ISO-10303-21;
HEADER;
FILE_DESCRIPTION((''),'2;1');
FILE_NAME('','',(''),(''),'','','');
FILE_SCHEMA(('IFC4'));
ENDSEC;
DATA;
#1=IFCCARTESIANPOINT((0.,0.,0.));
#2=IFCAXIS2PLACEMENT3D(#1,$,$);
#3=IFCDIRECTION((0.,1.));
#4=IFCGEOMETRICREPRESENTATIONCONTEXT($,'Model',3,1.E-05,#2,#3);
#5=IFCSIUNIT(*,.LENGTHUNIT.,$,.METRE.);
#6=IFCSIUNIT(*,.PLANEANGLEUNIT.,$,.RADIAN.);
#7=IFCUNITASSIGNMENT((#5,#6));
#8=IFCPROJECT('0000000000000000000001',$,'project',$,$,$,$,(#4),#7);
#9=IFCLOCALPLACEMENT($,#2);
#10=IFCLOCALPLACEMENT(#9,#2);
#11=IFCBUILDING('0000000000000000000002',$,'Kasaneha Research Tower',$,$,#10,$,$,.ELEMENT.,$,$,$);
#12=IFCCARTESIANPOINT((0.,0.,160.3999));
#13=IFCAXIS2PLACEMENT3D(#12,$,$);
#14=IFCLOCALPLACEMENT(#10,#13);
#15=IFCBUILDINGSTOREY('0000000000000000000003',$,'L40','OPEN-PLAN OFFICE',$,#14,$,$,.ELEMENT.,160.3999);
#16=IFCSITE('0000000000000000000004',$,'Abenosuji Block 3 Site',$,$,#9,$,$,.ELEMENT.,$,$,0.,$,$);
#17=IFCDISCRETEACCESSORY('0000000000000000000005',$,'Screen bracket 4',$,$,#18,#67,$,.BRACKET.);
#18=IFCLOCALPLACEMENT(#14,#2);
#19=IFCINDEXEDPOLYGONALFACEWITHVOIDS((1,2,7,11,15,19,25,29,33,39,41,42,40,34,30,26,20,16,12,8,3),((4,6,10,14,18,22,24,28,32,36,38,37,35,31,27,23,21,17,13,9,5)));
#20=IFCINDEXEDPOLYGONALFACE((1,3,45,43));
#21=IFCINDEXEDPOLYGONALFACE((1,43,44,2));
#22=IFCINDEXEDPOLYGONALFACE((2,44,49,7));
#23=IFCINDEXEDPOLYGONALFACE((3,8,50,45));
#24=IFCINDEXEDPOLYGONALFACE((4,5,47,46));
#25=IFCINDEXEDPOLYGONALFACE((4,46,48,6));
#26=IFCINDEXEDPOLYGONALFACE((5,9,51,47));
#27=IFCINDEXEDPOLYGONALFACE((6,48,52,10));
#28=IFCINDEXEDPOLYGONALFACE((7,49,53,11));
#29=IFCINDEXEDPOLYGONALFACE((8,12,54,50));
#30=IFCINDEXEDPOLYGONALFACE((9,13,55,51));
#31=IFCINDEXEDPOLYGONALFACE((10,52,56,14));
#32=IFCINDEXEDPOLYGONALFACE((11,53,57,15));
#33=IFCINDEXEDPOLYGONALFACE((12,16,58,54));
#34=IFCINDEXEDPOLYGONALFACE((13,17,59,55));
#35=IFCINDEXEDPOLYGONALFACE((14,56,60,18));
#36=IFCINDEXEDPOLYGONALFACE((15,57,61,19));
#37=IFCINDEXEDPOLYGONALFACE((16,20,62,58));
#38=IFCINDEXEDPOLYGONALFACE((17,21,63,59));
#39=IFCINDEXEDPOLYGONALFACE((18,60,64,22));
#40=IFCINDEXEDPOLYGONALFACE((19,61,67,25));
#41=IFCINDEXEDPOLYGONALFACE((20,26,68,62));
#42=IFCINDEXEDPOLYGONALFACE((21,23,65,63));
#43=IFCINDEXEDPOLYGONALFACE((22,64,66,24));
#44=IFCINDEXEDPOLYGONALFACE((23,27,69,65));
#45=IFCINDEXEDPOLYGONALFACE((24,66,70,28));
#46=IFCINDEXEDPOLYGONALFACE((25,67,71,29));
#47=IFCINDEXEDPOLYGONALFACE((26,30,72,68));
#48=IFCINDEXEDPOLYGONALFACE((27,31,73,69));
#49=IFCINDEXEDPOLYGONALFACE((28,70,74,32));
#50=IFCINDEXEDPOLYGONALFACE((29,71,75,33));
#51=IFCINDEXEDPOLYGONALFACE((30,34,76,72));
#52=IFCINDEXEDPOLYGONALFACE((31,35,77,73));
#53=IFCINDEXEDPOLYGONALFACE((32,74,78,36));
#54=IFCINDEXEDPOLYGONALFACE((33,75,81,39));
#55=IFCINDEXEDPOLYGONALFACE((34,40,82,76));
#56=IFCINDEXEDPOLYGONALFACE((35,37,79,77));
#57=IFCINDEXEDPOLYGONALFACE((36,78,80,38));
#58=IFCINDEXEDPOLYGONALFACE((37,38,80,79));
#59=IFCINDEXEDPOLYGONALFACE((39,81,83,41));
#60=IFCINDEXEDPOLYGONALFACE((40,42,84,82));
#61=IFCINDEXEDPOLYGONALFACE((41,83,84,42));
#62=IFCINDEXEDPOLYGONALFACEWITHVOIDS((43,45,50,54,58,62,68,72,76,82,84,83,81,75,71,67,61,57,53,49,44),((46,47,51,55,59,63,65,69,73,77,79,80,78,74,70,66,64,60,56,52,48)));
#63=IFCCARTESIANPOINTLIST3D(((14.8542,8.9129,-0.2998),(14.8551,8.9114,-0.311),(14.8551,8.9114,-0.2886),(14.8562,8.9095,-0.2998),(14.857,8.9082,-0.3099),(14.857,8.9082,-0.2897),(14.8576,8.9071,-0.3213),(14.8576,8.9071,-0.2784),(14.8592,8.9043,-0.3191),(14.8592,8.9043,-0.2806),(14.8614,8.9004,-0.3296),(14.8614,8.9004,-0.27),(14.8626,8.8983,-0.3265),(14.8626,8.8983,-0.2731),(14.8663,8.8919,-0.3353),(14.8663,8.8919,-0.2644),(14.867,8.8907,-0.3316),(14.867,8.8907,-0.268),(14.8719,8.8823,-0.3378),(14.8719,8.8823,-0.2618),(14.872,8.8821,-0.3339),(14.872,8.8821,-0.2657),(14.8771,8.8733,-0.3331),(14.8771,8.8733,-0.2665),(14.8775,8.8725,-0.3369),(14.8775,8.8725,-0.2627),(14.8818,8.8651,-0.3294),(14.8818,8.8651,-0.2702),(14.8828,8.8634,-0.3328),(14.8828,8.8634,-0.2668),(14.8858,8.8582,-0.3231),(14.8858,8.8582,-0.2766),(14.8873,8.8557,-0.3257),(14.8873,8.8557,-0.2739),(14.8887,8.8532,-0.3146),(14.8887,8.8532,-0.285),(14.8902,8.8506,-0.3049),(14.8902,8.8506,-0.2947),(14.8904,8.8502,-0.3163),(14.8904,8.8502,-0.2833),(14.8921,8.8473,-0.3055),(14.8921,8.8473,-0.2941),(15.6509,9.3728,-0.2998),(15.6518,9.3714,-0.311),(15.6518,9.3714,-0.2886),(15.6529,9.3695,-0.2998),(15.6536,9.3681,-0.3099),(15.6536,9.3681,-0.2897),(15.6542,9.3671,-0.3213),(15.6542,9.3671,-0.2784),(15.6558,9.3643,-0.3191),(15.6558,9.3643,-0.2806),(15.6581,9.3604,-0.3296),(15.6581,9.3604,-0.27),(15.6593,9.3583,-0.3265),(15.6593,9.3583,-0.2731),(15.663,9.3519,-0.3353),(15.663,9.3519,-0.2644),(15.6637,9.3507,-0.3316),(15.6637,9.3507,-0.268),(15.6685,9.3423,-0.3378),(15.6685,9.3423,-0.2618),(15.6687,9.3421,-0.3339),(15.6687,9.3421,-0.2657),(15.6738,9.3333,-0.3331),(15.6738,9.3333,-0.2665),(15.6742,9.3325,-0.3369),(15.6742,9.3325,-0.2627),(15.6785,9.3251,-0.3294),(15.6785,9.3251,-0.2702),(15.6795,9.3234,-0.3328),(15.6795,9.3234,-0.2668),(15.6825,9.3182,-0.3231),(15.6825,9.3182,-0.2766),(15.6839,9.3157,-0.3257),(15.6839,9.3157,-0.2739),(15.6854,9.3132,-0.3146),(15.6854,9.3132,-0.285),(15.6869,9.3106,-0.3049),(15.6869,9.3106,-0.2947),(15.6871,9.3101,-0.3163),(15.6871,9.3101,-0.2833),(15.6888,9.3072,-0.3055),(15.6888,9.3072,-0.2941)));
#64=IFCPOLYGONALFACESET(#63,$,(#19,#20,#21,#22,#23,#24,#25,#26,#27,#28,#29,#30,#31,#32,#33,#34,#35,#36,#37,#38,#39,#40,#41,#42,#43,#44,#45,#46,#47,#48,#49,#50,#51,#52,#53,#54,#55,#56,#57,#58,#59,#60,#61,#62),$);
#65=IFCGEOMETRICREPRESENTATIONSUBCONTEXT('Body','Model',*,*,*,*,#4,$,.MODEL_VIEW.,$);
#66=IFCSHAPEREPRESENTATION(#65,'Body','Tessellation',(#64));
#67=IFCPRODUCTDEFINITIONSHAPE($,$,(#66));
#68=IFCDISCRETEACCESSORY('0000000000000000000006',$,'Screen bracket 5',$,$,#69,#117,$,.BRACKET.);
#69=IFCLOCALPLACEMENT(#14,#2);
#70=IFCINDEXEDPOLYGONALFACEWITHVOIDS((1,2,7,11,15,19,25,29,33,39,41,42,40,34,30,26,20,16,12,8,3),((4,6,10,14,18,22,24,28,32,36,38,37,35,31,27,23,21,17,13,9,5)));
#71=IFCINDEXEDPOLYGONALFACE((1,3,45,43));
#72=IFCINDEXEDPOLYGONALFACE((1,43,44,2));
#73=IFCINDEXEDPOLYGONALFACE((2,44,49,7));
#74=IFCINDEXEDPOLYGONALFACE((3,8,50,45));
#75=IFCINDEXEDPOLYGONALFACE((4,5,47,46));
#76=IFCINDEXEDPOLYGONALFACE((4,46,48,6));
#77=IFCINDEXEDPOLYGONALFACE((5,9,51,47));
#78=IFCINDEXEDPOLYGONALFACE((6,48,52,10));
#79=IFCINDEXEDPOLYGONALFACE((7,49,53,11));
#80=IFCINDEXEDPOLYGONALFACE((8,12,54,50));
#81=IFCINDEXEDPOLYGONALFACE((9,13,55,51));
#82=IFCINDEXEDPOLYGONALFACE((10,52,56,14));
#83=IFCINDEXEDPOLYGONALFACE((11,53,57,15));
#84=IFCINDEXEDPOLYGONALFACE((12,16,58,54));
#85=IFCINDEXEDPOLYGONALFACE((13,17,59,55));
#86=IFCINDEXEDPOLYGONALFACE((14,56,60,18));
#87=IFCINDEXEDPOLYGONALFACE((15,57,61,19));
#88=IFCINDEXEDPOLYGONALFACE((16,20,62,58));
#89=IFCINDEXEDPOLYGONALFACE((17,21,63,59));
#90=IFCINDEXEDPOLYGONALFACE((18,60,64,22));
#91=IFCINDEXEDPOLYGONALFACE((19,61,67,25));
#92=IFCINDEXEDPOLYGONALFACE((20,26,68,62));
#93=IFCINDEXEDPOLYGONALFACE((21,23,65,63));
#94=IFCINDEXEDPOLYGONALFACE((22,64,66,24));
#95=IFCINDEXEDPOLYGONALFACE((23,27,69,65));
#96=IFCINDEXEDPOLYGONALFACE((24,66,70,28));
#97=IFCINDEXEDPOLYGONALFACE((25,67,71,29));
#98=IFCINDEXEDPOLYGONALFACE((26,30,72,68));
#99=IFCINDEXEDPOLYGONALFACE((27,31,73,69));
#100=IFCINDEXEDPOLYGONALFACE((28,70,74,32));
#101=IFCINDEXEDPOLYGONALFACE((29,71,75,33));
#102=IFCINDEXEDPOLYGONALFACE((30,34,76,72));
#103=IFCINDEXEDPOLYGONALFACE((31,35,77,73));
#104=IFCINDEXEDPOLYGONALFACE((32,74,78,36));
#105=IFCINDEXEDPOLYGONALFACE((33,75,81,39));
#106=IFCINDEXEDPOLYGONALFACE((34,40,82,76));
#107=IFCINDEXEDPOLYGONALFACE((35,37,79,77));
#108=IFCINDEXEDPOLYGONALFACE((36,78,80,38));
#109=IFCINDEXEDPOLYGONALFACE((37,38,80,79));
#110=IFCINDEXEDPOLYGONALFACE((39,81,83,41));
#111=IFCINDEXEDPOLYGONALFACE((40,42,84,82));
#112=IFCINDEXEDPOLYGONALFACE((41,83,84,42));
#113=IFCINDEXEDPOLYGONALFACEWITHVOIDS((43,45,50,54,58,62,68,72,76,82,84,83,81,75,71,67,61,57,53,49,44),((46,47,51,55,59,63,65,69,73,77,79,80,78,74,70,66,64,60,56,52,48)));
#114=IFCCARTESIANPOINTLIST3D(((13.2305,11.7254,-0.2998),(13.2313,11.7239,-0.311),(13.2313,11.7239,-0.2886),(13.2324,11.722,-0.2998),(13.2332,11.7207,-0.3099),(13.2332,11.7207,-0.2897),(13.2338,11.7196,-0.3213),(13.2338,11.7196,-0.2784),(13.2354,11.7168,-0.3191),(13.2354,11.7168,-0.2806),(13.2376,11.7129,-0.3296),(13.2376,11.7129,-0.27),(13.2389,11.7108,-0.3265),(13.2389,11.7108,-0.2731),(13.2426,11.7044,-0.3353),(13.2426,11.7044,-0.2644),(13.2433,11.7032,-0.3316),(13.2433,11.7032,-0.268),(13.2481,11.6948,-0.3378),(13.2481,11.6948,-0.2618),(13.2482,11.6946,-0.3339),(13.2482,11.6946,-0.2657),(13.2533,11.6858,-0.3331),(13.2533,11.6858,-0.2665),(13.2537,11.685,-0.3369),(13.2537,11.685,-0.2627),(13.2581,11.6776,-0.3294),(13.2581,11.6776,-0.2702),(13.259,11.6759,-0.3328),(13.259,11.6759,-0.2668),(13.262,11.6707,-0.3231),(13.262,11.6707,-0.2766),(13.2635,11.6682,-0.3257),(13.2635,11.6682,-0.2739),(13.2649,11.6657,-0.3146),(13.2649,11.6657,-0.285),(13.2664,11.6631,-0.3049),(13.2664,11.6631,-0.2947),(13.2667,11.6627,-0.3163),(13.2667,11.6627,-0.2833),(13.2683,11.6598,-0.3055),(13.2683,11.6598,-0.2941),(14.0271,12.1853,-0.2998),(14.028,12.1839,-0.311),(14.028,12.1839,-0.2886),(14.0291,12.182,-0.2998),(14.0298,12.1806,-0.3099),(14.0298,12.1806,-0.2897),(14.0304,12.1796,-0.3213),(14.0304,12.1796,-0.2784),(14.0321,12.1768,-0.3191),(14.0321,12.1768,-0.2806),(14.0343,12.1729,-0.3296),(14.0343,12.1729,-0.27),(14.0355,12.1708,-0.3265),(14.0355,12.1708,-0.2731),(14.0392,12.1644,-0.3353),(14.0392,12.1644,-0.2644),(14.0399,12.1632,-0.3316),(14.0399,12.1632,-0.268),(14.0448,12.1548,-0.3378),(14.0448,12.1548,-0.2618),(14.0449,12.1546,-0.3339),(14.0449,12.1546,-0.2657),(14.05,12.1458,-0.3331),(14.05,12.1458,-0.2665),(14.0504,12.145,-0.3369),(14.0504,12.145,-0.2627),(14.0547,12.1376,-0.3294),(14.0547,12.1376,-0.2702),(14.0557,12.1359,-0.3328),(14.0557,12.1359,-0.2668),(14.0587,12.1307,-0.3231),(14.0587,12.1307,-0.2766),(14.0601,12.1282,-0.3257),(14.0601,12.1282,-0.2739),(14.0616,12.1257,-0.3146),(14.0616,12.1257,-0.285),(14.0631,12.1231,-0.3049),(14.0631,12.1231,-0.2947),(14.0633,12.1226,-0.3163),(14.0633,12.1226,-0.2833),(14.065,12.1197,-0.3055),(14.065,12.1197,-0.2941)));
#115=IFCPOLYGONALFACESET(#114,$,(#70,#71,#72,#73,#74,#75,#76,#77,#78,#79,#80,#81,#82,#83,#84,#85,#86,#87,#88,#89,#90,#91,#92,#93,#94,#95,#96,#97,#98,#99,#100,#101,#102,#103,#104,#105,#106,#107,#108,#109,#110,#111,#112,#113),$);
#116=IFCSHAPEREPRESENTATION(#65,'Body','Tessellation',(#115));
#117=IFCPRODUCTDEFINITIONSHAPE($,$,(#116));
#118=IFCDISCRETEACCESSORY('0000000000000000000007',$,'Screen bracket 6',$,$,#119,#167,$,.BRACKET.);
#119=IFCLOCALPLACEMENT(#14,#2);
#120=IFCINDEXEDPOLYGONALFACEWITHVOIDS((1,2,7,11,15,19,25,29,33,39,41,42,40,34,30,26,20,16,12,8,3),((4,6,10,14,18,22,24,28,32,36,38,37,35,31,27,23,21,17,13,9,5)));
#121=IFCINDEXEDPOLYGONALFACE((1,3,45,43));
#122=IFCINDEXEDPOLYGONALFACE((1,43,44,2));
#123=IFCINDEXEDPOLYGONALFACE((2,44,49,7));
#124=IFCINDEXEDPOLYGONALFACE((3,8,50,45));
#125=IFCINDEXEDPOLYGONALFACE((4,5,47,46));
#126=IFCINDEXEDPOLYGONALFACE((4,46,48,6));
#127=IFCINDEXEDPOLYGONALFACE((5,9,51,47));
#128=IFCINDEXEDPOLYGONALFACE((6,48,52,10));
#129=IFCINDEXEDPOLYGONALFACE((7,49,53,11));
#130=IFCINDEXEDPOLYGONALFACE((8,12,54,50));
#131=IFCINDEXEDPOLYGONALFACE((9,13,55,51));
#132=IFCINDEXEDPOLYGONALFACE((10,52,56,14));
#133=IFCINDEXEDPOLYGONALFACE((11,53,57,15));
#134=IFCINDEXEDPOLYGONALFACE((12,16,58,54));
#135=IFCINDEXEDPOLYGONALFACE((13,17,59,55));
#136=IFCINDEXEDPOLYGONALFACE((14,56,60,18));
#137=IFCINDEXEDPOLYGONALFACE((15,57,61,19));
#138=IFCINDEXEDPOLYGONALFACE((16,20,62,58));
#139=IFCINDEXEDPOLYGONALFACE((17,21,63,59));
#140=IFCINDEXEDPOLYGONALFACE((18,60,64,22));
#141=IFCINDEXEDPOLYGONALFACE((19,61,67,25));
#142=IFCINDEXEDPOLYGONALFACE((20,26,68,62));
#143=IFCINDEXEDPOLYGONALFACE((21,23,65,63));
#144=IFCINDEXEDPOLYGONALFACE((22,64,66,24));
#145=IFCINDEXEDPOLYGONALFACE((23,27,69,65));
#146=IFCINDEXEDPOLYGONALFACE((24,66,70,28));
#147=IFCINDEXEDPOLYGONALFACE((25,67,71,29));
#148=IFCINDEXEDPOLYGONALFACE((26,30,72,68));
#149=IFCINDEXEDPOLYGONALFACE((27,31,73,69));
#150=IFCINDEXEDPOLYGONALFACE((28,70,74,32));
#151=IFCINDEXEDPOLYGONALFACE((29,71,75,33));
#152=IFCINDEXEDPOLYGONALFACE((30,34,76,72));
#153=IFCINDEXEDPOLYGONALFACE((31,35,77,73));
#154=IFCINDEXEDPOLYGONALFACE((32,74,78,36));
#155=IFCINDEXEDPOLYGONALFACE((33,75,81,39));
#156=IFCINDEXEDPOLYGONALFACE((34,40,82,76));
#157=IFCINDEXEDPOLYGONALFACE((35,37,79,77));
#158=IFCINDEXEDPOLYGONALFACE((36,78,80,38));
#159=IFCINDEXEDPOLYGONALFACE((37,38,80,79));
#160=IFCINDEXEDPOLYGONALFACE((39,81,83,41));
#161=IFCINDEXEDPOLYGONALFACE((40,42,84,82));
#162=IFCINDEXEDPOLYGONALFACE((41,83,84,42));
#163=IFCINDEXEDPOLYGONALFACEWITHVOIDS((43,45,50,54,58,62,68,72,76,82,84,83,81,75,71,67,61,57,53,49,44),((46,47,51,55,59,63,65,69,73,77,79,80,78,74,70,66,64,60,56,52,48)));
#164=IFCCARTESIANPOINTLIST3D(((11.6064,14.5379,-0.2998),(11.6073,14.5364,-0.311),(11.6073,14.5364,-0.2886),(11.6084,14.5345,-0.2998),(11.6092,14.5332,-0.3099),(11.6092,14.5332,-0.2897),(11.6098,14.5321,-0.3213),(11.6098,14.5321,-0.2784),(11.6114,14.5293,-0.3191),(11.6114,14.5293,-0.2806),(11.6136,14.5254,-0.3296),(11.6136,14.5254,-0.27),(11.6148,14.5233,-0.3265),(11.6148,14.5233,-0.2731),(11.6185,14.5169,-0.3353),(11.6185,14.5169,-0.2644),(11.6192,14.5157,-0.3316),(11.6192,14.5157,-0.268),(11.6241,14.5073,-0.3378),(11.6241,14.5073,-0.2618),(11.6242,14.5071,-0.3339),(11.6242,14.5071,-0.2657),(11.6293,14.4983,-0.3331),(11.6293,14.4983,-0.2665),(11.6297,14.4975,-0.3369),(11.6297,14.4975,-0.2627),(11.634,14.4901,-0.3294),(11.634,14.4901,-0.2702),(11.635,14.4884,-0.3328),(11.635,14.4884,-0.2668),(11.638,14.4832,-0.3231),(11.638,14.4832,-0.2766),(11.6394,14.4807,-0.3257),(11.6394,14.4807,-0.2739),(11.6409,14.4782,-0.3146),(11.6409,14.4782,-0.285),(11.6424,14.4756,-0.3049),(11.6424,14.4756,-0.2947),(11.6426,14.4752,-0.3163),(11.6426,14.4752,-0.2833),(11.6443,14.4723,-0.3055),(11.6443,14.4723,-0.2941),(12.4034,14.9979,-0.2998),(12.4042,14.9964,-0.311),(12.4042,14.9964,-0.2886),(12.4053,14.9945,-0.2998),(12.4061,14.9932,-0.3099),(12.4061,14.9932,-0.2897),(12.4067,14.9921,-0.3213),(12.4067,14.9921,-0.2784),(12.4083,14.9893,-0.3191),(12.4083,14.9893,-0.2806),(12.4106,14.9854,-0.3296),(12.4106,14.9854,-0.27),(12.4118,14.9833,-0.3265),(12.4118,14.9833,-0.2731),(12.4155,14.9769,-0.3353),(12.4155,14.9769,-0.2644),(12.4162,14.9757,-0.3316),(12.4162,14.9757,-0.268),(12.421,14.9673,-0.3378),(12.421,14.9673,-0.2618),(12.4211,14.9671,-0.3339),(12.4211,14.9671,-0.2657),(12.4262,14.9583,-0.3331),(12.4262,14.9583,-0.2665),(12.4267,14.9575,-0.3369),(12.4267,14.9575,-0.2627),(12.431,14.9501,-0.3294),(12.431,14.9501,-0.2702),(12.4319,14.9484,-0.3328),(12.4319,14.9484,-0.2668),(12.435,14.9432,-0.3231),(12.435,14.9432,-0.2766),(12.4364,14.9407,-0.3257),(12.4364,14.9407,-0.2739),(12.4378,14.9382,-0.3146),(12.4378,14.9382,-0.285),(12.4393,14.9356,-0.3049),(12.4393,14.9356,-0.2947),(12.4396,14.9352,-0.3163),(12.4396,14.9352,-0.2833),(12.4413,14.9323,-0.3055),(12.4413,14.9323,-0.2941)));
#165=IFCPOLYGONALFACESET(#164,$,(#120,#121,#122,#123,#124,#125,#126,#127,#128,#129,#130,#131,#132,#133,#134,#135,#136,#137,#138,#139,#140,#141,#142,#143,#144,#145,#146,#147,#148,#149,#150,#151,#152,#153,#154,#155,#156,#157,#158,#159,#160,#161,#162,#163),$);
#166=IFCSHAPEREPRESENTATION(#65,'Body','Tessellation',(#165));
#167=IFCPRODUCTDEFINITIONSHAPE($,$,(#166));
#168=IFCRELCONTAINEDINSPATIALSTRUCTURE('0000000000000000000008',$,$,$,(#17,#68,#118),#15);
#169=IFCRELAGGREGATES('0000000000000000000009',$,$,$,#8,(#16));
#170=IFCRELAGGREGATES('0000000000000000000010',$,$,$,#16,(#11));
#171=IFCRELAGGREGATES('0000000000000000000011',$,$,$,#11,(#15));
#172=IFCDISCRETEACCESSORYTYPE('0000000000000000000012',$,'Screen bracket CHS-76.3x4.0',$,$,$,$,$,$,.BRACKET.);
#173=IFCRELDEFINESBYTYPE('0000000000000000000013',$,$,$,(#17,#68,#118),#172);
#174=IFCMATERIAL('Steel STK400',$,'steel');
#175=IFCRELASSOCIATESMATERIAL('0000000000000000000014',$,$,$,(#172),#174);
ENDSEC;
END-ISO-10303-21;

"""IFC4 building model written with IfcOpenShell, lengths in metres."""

from ifc_helpers import new_model, si_unit, direction, frame, origin, origin_2d, place, context, subcontext, project, spatial, hollow_circle, extrude, material, material_profile, profile_set, type_object, element, save


model = new_model("IFC4")

# Units and contexts
model_context = context("Model", 3, precision=1e-05, world=origin(), true_north=direction((0.0, 1.0)))
body_context = subcontext(model_context, "Body", "Model", "MODEL_VIEW")
ifc_project = project(units=[si_unit("LENGTHUNIT", "METRE"), si_unit("PLANEANGLEUNIT", "RADIAN")], contexts=[model_context])

# Site, building, storey
site_placement = place(None, origin())
site = spatial("IfcSite", under=ifc_project, at=site_placement, Name="Abenosuji Block 3 Site", CompositionType="ELEMENT", RefElevation=0.0)
building_placement = place(site_placement, origin())
building = spatial("IfcBuilding", under=site, at=building_placement, Name="Kasaneha Research Tower", CompositionType="ELEMENT")
storey_placement = place(building_placement, frame((0.0, 0.0, 160.3999)))
storey = spatial("IfcBuildingStorey", under=building, at=storey_placement, Name="L40", Description="OPEN-PLAN OFFICE", CompositionType="ELEMENT", Elevation=160.3999)

# Discrete accessories
ifc_material_1 = material(Name="Steel STK400", Category="steel")
ifc_material_profile_1 = material_profile(ifc_material_1, hollow_circle(Radius=0.0381, WallThickness=0.0039, at=origin_2d()), Name="CHS-76.3x4.0")
ifc_profile_set_1 = profile_set([ifc_material_profile_1], Name="Steel STK400")
discrete_accessory_type = type_object("IfcDiscreteAccessoryType", Name="Screen bracket CHS-76.3x4.0", PredefinedType="BRACKET", material=ifc_profile_set_1)
for number, where, z_axis, x_axis, name in (
    (1, (14.8733, 8.8799, -0.2998), (0.866013, 0.500021, 0.0), (-0.500021, 0.866013, 0.0), "Screen bracket 4"),
    (2, (13.2495, 11.6924, -0.2998), (0.866013, 0.500021, 0.0), (-0.500021, 0.866013, 0.0), "Screen bracket 5"),
):
    element("IfcDiscreteAccessory", number, at=place(storey_placement, frame(where, z_axis=z_axis, x_axis=x_axis)), inside=storey, type_object=discrete_accessory_type, Name=name, PredefinedType="BRACKET", context=body_context, shape_type="SweptSolid", body=[
        extrude(hollow_circle(Radius=0.0381, WallThickness=0.0039, at=origin_2d()), origin(), (0.0, 0.0, 1.0), 0.9199),
    ])
for number, where, z_axis, x_axis, name in (
    (3, (11.6255, 14.5049, -0.2998), (0.86608, 0.499906, 0.0), (-0.499906, 0.86608, 0.0), "Screen bracket 6"),
):
    element("IfcDiscreteAccessory", number, at=place(storey_placement, frame(where, z_axis=z_axis, x_axis=x_axis)), inside=storey, type_object=discrete_accessory_type, Name=name, PredefinedType="BRACKET", context=body_context, shape_type="SweptSolid", body=[
        extrude(hollow_circle(Radius=0.0381, WallThickness=0.0039, at=origin_2d()), origin(), (0.0, 0.0, 1.0), 0.9202),
    ])

save(model, "model.ifc")
